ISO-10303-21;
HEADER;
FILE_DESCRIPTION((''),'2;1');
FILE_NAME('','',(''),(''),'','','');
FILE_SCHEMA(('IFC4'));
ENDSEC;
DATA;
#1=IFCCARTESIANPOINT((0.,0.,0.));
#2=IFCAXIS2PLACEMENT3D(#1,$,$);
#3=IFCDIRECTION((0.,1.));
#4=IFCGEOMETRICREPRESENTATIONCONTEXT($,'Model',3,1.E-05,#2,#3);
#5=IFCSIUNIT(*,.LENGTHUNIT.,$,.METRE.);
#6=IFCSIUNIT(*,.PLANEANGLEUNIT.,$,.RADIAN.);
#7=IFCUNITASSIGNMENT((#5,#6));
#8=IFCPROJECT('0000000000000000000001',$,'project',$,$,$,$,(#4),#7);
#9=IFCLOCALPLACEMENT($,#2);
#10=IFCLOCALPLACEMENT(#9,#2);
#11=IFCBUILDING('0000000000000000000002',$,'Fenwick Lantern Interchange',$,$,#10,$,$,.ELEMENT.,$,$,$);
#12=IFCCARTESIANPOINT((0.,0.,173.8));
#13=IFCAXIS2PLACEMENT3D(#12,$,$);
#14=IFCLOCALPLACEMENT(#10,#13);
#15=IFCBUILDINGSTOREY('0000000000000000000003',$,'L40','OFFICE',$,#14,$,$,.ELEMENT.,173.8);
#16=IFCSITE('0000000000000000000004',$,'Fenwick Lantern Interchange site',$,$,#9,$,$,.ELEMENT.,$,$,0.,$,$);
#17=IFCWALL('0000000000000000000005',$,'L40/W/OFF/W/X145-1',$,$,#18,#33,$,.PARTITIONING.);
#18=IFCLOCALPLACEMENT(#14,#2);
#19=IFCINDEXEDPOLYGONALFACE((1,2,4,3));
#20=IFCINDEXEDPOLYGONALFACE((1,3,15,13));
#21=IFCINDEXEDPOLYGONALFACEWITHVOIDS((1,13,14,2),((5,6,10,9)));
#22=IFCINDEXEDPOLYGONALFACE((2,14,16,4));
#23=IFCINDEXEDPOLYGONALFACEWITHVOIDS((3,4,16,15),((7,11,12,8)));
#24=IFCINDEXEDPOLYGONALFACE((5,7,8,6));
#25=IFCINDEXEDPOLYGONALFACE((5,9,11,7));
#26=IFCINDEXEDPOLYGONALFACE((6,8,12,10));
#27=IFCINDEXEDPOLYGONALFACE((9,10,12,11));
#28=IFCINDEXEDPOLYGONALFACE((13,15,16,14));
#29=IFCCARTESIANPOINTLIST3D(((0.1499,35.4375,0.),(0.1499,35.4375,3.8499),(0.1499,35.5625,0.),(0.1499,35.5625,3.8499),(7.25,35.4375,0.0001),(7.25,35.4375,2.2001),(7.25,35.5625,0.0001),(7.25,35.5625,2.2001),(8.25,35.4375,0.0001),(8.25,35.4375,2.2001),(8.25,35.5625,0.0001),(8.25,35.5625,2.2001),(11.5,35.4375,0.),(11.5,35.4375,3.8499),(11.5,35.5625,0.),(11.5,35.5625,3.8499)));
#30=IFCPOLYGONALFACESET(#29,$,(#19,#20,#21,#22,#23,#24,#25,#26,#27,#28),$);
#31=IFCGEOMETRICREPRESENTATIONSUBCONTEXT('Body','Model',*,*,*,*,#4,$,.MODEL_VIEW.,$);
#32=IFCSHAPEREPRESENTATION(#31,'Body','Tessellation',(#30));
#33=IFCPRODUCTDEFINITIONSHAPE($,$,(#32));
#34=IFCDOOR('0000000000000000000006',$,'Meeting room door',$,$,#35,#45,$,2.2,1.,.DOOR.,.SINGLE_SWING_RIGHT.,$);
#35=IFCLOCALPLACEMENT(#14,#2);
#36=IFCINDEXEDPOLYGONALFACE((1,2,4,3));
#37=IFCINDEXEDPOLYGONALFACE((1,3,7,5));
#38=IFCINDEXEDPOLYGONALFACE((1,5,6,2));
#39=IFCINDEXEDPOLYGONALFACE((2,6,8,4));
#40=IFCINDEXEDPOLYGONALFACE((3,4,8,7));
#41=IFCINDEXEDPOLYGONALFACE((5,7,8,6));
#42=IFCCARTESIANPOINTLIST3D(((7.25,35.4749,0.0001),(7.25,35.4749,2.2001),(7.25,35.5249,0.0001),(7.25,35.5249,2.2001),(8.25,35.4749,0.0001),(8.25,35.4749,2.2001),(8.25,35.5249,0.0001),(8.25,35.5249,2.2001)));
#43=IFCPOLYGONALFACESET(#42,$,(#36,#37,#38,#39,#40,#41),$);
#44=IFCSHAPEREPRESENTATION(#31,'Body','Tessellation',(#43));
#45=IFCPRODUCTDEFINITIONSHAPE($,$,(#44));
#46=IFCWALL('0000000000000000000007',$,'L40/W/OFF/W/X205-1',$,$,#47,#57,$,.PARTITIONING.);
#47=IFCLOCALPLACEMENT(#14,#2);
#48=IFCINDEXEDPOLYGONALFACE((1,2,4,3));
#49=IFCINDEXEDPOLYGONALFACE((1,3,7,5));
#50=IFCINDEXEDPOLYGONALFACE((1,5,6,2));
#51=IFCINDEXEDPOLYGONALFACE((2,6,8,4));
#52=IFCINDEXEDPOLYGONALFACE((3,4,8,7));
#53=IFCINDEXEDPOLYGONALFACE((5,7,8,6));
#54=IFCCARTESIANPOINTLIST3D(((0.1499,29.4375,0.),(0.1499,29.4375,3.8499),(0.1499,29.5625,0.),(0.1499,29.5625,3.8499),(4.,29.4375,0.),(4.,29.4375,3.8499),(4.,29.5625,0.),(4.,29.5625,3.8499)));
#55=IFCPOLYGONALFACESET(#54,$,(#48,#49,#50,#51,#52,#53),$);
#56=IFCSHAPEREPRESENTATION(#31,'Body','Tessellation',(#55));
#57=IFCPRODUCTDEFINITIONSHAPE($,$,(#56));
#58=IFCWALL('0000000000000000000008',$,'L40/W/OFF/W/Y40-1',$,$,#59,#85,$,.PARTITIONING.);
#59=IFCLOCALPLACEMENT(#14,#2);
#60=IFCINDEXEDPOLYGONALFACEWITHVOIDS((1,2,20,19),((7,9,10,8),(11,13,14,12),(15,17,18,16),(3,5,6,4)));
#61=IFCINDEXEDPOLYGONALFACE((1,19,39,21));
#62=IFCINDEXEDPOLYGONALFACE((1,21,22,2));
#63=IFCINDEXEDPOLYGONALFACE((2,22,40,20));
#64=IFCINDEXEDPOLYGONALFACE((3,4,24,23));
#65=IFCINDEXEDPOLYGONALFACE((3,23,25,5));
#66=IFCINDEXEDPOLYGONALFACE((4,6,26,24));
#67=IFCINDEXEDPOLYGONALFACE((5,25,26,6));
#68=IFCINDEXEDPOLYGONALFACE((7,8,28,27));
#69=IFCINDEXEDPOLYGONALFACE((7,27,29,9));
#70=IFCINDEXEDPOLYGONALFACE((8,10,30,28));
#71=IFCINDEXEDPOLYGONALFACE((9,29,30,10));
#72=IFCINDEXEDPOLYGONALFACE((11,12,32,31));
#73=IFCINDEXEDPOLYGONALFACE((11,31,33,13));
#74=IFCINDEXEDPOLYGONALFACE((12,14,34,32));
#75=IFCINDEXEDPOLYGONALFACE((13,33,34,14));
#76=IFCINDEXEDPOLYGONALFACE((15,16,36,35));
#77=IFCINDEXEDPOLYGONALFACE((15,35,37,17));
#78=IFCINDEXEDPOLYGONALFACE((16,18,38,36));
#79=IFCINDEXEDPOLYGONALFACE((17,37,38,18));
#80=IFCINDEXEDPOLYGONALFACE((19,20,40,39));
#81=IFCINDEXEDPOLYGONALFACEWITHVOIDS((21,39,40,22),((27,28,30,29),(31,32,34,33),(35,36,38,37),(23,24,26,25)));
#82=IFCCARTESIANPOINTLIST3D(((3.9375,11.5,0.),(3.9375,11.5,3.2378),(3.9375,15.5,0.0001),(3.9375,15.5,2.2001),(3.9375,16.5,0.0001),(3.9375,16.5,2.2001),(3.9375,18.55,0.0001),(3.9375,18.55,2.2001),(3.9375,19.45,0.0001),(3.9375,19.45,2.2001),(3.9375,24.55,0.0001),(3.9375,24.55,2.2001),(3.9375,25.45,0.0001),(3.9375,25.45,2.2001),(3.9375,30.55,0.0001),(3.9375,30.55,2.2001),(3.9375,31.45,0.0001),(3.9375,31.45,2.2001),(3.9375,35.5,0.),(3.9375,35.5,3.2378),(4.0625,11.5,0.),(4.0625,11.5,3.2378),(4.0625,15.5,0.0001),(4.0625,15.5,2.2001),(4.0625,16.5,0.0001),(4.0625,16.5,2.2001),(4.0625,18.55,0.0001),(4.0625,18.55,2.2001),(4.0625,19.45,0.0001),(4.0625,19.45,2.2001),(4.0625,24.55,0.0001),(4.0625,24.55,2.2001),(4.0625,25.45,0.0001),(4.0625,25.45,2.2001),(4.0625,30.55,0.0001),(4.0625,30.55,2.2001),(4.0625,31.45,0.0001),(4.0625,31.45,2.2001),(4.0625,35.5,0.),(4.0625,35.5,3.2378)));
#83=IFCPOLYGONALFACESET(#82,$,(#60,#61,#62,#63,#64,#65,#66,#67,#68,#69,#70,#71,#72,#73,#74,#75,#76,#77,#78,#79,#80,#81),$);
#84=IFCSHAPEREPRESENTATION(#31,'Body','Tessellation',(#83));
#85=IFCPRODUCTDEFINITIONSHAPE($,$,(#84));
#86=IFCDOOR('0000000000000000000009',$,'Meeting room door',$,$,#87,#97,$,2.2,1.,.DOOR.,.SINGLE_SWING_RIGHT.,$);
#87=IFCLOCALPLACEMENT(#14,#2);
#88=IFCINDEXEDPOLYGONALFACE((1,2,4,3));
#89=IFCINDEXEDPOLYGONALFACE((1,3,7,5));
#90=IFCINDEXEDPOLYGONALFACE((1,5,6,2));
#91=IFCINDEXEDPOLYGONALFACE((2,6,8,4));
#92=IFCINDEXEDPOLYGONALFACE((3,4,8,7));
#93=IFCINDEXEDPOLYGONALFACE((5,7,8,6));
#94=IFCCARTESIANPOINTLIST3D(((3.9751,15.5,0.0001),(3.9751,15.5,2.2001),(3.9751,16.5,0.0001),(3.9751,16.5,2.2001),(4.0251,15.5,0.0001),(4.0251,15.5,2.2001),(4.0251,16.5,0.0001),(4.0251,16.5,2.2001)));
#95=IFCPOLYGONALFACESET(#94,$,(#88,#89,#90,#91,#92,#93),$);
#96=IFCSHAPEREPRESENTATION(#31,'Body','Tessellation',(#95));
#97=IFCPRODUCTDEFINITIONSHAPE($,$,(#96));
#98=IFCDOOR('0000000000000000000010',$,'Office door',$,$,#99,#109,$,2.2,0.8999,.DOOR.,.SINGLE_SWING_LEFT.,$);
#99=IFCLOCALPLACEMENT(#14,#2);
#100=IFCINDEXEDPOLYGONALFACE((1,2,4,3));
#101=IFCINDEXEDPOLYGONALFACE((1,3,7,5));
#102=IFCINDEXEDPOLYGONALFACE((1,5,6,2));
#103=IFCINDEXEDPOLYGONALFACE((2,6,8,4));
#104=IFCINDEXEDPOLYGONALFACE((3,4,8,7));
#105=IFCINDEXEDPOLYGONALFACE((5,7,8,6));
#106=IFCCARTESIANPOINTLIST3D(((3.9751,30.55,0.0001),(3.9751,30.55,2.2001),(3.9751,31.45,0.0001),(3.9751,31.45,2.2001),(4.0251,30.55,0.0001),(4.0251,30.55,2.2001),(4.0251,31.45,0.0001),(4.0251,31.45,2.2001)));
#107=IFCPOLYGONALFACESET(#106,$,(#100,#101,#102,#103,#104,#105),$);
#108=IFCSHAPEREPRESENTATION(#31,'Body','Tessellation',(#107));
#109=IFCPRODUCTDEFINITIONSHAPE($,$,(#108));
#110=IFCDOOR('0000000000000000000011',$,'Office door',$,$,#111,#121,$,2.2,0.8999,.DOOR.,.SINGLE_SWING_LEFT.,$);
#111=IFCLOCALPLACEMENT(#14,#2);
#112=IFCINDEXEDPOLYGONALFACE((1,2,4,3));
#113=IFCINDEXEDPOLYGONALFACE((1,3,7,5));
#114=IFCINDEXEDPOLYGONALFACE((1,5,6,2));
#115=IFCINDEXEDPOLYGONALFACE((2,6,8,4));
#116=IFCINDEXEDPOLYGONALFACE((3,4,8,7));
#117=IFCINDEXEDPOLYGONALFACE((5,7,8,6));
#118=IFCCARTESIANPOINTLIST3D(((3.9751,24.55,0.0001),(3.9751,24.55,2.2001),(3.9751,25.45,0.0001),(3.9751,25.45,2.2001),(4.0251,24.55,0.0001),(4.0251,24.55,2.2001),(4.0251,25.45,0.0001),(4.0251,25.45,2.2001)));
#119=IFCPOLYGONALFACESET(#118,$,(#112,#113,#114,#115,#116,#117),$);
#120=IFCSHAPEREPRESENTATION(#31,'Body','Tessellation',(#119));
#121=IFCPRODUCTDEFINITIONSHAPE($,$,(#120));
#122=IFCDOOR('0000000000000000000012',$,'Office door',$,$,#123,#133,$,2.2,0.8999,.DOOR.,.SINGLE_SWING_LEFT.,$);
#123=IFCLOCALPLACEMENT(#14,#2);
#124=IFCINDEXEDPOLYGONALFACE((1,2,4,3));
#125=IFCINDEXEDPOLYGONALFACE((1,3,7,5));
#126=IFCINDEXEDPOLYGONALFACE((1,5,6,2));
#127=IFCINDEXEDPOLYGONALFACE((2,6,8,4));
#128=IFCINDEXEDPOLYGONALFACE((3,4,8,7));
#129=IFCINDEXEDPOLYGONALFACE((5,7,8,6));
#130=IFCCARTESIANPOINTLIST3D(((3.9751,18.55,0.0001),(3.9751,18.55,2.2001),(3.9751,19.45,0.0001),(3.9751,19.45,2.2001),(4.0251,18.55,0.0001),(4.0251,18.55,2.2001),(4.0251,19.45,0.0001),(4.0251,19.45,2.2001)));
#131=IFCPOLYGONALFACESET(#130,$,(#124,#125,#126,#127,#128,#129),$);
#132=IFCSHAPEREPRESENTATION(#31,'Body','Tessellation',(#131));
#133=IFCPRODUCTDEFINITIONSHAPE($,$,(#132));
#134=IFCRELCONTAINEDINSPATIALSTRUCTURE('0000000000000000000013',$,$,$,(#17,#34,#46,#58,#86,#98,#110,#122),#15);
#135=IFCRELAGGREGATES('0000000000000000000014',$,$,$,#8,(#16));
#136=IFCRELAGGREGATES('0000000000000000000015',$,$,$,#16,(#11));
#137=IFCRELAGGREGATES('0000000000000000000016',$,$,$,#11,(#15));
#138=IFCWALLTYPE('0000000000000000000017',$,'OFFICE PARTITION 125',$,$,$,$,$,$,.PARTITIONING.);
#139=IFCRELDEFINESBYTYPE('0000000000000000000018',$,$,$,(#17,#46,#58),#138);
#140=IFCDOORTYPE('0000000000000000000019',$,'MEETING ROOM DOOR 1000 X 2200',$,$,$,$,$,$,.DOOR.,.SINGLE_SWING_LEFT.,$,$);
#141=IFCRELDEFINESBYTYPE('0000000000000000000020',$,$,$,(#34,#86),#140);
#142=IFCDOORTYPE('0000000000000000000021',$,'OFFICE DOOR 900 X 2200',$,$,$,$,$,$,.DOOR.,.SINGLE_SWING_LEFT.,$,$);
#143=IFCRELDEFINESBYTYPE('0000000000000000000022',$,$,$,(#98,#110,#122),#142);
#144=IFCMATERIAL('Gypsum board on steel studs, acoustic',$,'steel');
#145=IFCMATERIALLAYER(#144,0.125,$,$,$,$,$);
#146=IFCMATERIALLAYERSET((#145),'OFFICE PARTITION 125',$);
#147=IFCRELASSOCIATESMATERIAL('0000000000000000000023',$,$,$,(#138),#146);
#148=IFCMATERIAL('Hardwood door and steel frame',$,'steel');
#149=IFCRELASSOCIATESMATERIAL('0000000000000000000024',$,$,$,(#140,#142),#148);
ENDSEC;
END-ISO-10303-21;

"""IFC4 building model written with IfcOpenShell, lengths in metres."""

from ifc_helpers import new_model, si_unit, direction, frame, frame_2d, origin, place, context, subcontext, project, spatial, rectangle, extrude, material, layer, layer_set, type_object, element, fill, save


model = new_model("IFC4")

# Units and contexts
model_context = context("Model", 3, precision=1e-05, world=origin(), true_north=direction((0.0, 1.0)))
body_context = subcontext(model_context, "Body", "Model", "MODEL_VIEW")
ifc_project = project(units=[si_unit("LENGTHUNIT", "METRE"), si_unit("PLANEANGLEUNIT", "RADIAN")], contexts=[model_context])

# Site, building, storey
site_placement = place(None, origin())
site = spatial("IfcSite", under=ifc_project, at=site_placement, Name="Fenwick Lantern Interchange site", CompositionType="ELEMENT", RefElevation=0.0)
building_placement = place(site_placement, origin())
building = spatial("IfcBuilding", under=site, at=building_placement, Name="Fenwick Lantern Interchange", CompositionType="ELEMENT")
storey_placement = place(building_placement, frame((0.0, 0.0, 173.8)))
storey = spatial("IfcBuildingStorey", under=building, at=storey_placement, Name="L40", Description="OFFICE", CompositionType="ELEMENT", Elevation=173.8)

# Shared definitions
ifc_material_1 = material(Name="Hardwood door and steel frame", Category="steel")

# Wall, opening, door
ifc_material_2 = material(Name="Gypsum board on steel studs, acoustic", Category="steel")
ifc_layer_1 = layer(ifc_material_2, 0.125)
ifc_layer_set_1 = layer_set([ifc_layer_1], Name="OFFICE PARTITION 125")
wall_type_1 = type_object("IfcWallType", Name="OFFICE PARTITION 125", PredefinedType="PARTITIONING", material=ifc_layer_set_1)
wall_1_placement = place(storey_placement, frame((0.1499, 35.5, 0.0), z_axis=(0.0, 0.0, 1.0), x_axis=(1.0, 0.0, 0.0)))
wall_1 = element("IfcWall", 1, at=wall_1_placement, inside=storey, type_object=wall_type_1, Name="L40/W/OFF/W/X145-1", PredefinedType="PARTITIONING", context=body_context, shape_type="SweptSolid", body=[
    extrude(rectangle(XDim=11.3501, YDim=0.125, at=frame_2d((5.675, 0.0))), origin(), (0.0, 0.0, 1.0), 3.8499),
])
opening_1_placement = place(wall_1_placement, frame((7.1001, 0.0, 0.0)))
opening_1 = element("IfcOpeningElement", 2, at=opening_1_placement, cuts=wall_1, PredefinedType="OPENING", context=body_context, shape_type="SweptSolid", body=[
    extrude(rectangle(XDim=1.0, YDim=2.2, at=frame_2d((0.5, 1.1001))), frame((0.0, 0.0725, 0.0), z_axis=(0.0, -1.0, 0.0), x_axis=(1.0, 0.0, 0.0)), (0.0, 0.0, 1.0), 0.145),
])
door_type_1 = type_object("IfcDoorType", Name="MEETING ROOM DOOR 1000 X 2200", OperationType="SINGLE_SWING_LEFT", PredefinedType="DOOR", material=ifc_material_1)
door_1_placement = place(opening_1_placement, origin())
door_1 = element("IfcDoor", 3, at=door_1_placement, inside=storey, type_object=door_type_1, Name="Meeting room door", OperationType="SINGLE_SWING_RIGHT", OverallHeight=2.2, OverallWidth=1.0, PredefinedType="DOOR", context=body_context, shape_type="SweptSolid", body=[
    extrude(rectangle(XDim=1.0, YDim=2.2, at=frame_2d((0.5, 1.1001))), frame((0.0, 0.0249, 0.0), z_axis=(0.0, -1.0, 0.0), x_axis=(1.0, 0.0, 0.0)), (0.0, 0.0, 1.0), 0.05),
])
fill(opening_1, door_1)

# Wall
wall_2_placement = place(storey_placement, frame((0.1499, 29.5, 0.0), z_axis=(0.0, 0.0, 1.0), x_axis=(1.0, 0.0, 0.0)))
element("IfcWall", 4, at=wall_2_placement, inside=storey, type_object=wall_type_1, Name="L40/W/OFF/W/X205-1", PredefinedType="PARTITIONING", context=body_context, shape_type="SweptSolid", body=[
    extrude(rectangle(XDim=3.8501, YDim=0.125, at=frame_2d((1.925, 0.0))), origin(), (0.0, 0.0, 1.0), 3.8499),
])

# Wall, openings, doors
wall_3_placement = place(storey_placement, frame((4.0, 35.5, 0.0), z_axis=(0.0, 0.0, 1.0), x_axis=(0.0, -1.0, 0.0)))
wall_3 = element("IfcWall", 5, at=wall_3_placement, inside=storey, type_object=wall_type_1, Name="L40/W/OFF/W/Y40-1", PredefinedType="PARTITIONING", context=body_context, shape_type="SweptSolid", body=[
    extrude(rectangle(XDim=24.0, YDim=0.125, at=frame_2d((12.0, 0.0))), origin(), (0.0, 0.0, 1.0), 3.2378),
])
opening_2_placement = place(wall_3_placement, frame((4.05, 0.0, 0.0)))
opening_2 = element("IfcOpeningElement", 6, at=opening_2_placement, cuts=wall_3, PredefinedType="OPENING", context=body_context, shape_type="SweptSolid", body=[
    extrude(rectangle(XDim=0.8999, YDim=2.2, at=frame_2d((0.45, 1.1001))), frame((0.0, 0.0725, 0.0), z_axis=(0.0, -1.0, 0.0), x_axis=(1.0, 0.0, 0.0)), (0.0, 0.0, 1.0), 0.145),
])
opening_3_placement = place(wall_3_placement, frame((10.05, 0.0, 0.0)))
opening_3 = element("IfcOpeningElement", 7, at=opening_3_placement, cuts=wall_3, PredefinedType="OPENING", context=body_context, shape_type="SweptSolid", body=[
    extrude(rectangle(XDim=0.8999, YDim=2.2, at=frame_2d((0.45, 1.1001))), frame((0.0, 0.0725, 0.0), z_axis=(0.0, -1.0, 0.0), x_axis=(1.0, 0.0, 0.0)), (0.0, 0.0, 1.0), 0.145),
])
opening_4_placement = place(wall_3_placement, frame((16.05, 0.0, 0.0)))
opening_4 = element("IfcOpeningElement", 8, at=opening_4_placement, cuts=wall_3, PredefinedType="OPENING", context=body_context, shape_type="SweptSolid", body=[
    extrude(rectangle(XDim=0.8999, YDim=2.2, at=frame_2d((0.45, 1.1001))), frame((0.0, 0.0725, 0.0), z_axis=(0.0, -1.0, 0.0), x_axis=(1.0, 0.0, 0.0)), (0.0, 0.0, 1.0), 0.145),
])
opening_5_placement = place(wall_3_placement, frame((19.0, 0.0, 0.0)))
opening_5 = element("IfcOpeningElement", 9, at=opening_5_placement, cuts=wall_3, PredefinedType="OPENING", context=body_context, shape_type="SweptSolid", body=[
    extrude(rectangle(XDim=1.0, YDim=2.2, at=frame_2d((0.5, 1.1001))), frame((0.0, 0.0725, 0.0), z_axis=(0.0, -1.0, 0.0), x_axis=(1.0, 0.0, 0.0)), (0.0, 0.0, 1.0), 0.145),
])
door_2_placement = place(opening_5_placement, frame((1.0, 0.0, 0.0), z_axis=(0.0, 0.0, 1.0), x_axis=(-1.0, 0.0, 0.0)))
door_2 = element("IfcDoor", 10, at=door_2_placement, inside=storey, type_object=door_type_1, Name="Meeting room door", OperationType="SINGLE_SWING_RIGHT", OverallHeight=2.2, OverallWidth=1.0, PredefinedType="DOOR", context=body_context, shape_type="SweptSolid", body=[
    extrude(rectangle(XDim=1.0, YDim=2.2, at=frame_2d((0.5, 1.1001))), frame((0.0, 0.0249, 0.0), z_axis=(0.0, -1.0, 0.0), x_axis=(1.0, 0.0, 0.0)), (0.0, 0.0, 1.0), 0.05),
])
fill(opening_5, door_2)
door_type_2 = type_object("IfcDoorType", Name="OFFICE DOOR 900 X 2200", OperationType="SINGLE_SWING_LEFT", PredefinedType="DOOR", material=ifc_material_1)
door_3_placement = place(opening_2_placement, frame((0.8999, 0.0, 0.0), z_axis=(0.0, 0.0, 1.0), x_axis=(-1.0, 0.0, 0.0)))
door_3 = element("IfcDoor", 11, at=door_3_placement, inside=storey, type_object=door_type_2, Name="Office door", OperationType="SINGLE_SWING_LEFT", OverallHeight=2.2, OverallWidth=0.8999, PredefinedType="DOOR", context=body_context, shape_type="SweptSolid", body=[
    extrude(rectangle(XDim=0.8999, YDim=2.2, at=frame_2d((0.45, 1.1001))), frame((0.0, 0.0249, 0.0), z_axis=(0.0, -1.0, 0.0), x_axis=(1.0, 0.0, 0.0)), (0.0, 0.0, 1.0), 0.05),
])
fill(opening_2, door_3)
door_4_placement = place(opening_3_placement, frame((0.8999, 0.0, 0.0), z_axis=(0.0, 0.0, 1.0), x_axis=(-1.0, 0.0, 0.0)))
door_4 = element("IfcDoor", 12, at=door_4_placement, inside=storey, type_object=door_type_2, Name="Office door", OperationType="SINGLE_SWING_LEFT", OverallHeight=2.2, OverallWidth=0.8999, PredefinedType="DOOR", context=body_context, shape_type="SweptSolid", body=[
    extrude(rectangle(XDim=0.8999, YDim=2.2, at=frame_2d((0.45, 1.1001))), frame((0.0, 0.0249, 0.0), z_axis=(0.0, -1.0, 0.0), x_axis=(1.0, 0.0, 0.0)), (0.0, 0.0, 1.0), 0.05),
])
fill(opening_3, door_4)
door_5_placement = place(opening_4_placement, frame((0.8999, 0.0, 0.0), z_axis=(0.0, 0.0, 1.0), x_axis=(-1.0, 0.0, 0.0)))
door_5 = element("IfcDoor", 13, at=door_5_placement, inside=storey, type_object=door_type_2, Name="Office door", OperationType="SINGLE_SWING_LEFT", OverallHeight=2.2, OverallWidth=0.8999, PredefinedType="DOOR", context=body_context, shape_type="SweptSolid", body=[
    extrude(rectangle(XDim=0.8999, YDim=2.2, at=frame_2d((0.45, 1.1001))), frame((0.0, 0.0249, 0.0), z_axis=(0.0, -1.0, 0.0), x_axis=(1.0, 0.0, 0.0)), (0.0, 0.0, 1.0), 0.05),
])
fill(opening_4, door_5)

save(model, "model.ifc")
